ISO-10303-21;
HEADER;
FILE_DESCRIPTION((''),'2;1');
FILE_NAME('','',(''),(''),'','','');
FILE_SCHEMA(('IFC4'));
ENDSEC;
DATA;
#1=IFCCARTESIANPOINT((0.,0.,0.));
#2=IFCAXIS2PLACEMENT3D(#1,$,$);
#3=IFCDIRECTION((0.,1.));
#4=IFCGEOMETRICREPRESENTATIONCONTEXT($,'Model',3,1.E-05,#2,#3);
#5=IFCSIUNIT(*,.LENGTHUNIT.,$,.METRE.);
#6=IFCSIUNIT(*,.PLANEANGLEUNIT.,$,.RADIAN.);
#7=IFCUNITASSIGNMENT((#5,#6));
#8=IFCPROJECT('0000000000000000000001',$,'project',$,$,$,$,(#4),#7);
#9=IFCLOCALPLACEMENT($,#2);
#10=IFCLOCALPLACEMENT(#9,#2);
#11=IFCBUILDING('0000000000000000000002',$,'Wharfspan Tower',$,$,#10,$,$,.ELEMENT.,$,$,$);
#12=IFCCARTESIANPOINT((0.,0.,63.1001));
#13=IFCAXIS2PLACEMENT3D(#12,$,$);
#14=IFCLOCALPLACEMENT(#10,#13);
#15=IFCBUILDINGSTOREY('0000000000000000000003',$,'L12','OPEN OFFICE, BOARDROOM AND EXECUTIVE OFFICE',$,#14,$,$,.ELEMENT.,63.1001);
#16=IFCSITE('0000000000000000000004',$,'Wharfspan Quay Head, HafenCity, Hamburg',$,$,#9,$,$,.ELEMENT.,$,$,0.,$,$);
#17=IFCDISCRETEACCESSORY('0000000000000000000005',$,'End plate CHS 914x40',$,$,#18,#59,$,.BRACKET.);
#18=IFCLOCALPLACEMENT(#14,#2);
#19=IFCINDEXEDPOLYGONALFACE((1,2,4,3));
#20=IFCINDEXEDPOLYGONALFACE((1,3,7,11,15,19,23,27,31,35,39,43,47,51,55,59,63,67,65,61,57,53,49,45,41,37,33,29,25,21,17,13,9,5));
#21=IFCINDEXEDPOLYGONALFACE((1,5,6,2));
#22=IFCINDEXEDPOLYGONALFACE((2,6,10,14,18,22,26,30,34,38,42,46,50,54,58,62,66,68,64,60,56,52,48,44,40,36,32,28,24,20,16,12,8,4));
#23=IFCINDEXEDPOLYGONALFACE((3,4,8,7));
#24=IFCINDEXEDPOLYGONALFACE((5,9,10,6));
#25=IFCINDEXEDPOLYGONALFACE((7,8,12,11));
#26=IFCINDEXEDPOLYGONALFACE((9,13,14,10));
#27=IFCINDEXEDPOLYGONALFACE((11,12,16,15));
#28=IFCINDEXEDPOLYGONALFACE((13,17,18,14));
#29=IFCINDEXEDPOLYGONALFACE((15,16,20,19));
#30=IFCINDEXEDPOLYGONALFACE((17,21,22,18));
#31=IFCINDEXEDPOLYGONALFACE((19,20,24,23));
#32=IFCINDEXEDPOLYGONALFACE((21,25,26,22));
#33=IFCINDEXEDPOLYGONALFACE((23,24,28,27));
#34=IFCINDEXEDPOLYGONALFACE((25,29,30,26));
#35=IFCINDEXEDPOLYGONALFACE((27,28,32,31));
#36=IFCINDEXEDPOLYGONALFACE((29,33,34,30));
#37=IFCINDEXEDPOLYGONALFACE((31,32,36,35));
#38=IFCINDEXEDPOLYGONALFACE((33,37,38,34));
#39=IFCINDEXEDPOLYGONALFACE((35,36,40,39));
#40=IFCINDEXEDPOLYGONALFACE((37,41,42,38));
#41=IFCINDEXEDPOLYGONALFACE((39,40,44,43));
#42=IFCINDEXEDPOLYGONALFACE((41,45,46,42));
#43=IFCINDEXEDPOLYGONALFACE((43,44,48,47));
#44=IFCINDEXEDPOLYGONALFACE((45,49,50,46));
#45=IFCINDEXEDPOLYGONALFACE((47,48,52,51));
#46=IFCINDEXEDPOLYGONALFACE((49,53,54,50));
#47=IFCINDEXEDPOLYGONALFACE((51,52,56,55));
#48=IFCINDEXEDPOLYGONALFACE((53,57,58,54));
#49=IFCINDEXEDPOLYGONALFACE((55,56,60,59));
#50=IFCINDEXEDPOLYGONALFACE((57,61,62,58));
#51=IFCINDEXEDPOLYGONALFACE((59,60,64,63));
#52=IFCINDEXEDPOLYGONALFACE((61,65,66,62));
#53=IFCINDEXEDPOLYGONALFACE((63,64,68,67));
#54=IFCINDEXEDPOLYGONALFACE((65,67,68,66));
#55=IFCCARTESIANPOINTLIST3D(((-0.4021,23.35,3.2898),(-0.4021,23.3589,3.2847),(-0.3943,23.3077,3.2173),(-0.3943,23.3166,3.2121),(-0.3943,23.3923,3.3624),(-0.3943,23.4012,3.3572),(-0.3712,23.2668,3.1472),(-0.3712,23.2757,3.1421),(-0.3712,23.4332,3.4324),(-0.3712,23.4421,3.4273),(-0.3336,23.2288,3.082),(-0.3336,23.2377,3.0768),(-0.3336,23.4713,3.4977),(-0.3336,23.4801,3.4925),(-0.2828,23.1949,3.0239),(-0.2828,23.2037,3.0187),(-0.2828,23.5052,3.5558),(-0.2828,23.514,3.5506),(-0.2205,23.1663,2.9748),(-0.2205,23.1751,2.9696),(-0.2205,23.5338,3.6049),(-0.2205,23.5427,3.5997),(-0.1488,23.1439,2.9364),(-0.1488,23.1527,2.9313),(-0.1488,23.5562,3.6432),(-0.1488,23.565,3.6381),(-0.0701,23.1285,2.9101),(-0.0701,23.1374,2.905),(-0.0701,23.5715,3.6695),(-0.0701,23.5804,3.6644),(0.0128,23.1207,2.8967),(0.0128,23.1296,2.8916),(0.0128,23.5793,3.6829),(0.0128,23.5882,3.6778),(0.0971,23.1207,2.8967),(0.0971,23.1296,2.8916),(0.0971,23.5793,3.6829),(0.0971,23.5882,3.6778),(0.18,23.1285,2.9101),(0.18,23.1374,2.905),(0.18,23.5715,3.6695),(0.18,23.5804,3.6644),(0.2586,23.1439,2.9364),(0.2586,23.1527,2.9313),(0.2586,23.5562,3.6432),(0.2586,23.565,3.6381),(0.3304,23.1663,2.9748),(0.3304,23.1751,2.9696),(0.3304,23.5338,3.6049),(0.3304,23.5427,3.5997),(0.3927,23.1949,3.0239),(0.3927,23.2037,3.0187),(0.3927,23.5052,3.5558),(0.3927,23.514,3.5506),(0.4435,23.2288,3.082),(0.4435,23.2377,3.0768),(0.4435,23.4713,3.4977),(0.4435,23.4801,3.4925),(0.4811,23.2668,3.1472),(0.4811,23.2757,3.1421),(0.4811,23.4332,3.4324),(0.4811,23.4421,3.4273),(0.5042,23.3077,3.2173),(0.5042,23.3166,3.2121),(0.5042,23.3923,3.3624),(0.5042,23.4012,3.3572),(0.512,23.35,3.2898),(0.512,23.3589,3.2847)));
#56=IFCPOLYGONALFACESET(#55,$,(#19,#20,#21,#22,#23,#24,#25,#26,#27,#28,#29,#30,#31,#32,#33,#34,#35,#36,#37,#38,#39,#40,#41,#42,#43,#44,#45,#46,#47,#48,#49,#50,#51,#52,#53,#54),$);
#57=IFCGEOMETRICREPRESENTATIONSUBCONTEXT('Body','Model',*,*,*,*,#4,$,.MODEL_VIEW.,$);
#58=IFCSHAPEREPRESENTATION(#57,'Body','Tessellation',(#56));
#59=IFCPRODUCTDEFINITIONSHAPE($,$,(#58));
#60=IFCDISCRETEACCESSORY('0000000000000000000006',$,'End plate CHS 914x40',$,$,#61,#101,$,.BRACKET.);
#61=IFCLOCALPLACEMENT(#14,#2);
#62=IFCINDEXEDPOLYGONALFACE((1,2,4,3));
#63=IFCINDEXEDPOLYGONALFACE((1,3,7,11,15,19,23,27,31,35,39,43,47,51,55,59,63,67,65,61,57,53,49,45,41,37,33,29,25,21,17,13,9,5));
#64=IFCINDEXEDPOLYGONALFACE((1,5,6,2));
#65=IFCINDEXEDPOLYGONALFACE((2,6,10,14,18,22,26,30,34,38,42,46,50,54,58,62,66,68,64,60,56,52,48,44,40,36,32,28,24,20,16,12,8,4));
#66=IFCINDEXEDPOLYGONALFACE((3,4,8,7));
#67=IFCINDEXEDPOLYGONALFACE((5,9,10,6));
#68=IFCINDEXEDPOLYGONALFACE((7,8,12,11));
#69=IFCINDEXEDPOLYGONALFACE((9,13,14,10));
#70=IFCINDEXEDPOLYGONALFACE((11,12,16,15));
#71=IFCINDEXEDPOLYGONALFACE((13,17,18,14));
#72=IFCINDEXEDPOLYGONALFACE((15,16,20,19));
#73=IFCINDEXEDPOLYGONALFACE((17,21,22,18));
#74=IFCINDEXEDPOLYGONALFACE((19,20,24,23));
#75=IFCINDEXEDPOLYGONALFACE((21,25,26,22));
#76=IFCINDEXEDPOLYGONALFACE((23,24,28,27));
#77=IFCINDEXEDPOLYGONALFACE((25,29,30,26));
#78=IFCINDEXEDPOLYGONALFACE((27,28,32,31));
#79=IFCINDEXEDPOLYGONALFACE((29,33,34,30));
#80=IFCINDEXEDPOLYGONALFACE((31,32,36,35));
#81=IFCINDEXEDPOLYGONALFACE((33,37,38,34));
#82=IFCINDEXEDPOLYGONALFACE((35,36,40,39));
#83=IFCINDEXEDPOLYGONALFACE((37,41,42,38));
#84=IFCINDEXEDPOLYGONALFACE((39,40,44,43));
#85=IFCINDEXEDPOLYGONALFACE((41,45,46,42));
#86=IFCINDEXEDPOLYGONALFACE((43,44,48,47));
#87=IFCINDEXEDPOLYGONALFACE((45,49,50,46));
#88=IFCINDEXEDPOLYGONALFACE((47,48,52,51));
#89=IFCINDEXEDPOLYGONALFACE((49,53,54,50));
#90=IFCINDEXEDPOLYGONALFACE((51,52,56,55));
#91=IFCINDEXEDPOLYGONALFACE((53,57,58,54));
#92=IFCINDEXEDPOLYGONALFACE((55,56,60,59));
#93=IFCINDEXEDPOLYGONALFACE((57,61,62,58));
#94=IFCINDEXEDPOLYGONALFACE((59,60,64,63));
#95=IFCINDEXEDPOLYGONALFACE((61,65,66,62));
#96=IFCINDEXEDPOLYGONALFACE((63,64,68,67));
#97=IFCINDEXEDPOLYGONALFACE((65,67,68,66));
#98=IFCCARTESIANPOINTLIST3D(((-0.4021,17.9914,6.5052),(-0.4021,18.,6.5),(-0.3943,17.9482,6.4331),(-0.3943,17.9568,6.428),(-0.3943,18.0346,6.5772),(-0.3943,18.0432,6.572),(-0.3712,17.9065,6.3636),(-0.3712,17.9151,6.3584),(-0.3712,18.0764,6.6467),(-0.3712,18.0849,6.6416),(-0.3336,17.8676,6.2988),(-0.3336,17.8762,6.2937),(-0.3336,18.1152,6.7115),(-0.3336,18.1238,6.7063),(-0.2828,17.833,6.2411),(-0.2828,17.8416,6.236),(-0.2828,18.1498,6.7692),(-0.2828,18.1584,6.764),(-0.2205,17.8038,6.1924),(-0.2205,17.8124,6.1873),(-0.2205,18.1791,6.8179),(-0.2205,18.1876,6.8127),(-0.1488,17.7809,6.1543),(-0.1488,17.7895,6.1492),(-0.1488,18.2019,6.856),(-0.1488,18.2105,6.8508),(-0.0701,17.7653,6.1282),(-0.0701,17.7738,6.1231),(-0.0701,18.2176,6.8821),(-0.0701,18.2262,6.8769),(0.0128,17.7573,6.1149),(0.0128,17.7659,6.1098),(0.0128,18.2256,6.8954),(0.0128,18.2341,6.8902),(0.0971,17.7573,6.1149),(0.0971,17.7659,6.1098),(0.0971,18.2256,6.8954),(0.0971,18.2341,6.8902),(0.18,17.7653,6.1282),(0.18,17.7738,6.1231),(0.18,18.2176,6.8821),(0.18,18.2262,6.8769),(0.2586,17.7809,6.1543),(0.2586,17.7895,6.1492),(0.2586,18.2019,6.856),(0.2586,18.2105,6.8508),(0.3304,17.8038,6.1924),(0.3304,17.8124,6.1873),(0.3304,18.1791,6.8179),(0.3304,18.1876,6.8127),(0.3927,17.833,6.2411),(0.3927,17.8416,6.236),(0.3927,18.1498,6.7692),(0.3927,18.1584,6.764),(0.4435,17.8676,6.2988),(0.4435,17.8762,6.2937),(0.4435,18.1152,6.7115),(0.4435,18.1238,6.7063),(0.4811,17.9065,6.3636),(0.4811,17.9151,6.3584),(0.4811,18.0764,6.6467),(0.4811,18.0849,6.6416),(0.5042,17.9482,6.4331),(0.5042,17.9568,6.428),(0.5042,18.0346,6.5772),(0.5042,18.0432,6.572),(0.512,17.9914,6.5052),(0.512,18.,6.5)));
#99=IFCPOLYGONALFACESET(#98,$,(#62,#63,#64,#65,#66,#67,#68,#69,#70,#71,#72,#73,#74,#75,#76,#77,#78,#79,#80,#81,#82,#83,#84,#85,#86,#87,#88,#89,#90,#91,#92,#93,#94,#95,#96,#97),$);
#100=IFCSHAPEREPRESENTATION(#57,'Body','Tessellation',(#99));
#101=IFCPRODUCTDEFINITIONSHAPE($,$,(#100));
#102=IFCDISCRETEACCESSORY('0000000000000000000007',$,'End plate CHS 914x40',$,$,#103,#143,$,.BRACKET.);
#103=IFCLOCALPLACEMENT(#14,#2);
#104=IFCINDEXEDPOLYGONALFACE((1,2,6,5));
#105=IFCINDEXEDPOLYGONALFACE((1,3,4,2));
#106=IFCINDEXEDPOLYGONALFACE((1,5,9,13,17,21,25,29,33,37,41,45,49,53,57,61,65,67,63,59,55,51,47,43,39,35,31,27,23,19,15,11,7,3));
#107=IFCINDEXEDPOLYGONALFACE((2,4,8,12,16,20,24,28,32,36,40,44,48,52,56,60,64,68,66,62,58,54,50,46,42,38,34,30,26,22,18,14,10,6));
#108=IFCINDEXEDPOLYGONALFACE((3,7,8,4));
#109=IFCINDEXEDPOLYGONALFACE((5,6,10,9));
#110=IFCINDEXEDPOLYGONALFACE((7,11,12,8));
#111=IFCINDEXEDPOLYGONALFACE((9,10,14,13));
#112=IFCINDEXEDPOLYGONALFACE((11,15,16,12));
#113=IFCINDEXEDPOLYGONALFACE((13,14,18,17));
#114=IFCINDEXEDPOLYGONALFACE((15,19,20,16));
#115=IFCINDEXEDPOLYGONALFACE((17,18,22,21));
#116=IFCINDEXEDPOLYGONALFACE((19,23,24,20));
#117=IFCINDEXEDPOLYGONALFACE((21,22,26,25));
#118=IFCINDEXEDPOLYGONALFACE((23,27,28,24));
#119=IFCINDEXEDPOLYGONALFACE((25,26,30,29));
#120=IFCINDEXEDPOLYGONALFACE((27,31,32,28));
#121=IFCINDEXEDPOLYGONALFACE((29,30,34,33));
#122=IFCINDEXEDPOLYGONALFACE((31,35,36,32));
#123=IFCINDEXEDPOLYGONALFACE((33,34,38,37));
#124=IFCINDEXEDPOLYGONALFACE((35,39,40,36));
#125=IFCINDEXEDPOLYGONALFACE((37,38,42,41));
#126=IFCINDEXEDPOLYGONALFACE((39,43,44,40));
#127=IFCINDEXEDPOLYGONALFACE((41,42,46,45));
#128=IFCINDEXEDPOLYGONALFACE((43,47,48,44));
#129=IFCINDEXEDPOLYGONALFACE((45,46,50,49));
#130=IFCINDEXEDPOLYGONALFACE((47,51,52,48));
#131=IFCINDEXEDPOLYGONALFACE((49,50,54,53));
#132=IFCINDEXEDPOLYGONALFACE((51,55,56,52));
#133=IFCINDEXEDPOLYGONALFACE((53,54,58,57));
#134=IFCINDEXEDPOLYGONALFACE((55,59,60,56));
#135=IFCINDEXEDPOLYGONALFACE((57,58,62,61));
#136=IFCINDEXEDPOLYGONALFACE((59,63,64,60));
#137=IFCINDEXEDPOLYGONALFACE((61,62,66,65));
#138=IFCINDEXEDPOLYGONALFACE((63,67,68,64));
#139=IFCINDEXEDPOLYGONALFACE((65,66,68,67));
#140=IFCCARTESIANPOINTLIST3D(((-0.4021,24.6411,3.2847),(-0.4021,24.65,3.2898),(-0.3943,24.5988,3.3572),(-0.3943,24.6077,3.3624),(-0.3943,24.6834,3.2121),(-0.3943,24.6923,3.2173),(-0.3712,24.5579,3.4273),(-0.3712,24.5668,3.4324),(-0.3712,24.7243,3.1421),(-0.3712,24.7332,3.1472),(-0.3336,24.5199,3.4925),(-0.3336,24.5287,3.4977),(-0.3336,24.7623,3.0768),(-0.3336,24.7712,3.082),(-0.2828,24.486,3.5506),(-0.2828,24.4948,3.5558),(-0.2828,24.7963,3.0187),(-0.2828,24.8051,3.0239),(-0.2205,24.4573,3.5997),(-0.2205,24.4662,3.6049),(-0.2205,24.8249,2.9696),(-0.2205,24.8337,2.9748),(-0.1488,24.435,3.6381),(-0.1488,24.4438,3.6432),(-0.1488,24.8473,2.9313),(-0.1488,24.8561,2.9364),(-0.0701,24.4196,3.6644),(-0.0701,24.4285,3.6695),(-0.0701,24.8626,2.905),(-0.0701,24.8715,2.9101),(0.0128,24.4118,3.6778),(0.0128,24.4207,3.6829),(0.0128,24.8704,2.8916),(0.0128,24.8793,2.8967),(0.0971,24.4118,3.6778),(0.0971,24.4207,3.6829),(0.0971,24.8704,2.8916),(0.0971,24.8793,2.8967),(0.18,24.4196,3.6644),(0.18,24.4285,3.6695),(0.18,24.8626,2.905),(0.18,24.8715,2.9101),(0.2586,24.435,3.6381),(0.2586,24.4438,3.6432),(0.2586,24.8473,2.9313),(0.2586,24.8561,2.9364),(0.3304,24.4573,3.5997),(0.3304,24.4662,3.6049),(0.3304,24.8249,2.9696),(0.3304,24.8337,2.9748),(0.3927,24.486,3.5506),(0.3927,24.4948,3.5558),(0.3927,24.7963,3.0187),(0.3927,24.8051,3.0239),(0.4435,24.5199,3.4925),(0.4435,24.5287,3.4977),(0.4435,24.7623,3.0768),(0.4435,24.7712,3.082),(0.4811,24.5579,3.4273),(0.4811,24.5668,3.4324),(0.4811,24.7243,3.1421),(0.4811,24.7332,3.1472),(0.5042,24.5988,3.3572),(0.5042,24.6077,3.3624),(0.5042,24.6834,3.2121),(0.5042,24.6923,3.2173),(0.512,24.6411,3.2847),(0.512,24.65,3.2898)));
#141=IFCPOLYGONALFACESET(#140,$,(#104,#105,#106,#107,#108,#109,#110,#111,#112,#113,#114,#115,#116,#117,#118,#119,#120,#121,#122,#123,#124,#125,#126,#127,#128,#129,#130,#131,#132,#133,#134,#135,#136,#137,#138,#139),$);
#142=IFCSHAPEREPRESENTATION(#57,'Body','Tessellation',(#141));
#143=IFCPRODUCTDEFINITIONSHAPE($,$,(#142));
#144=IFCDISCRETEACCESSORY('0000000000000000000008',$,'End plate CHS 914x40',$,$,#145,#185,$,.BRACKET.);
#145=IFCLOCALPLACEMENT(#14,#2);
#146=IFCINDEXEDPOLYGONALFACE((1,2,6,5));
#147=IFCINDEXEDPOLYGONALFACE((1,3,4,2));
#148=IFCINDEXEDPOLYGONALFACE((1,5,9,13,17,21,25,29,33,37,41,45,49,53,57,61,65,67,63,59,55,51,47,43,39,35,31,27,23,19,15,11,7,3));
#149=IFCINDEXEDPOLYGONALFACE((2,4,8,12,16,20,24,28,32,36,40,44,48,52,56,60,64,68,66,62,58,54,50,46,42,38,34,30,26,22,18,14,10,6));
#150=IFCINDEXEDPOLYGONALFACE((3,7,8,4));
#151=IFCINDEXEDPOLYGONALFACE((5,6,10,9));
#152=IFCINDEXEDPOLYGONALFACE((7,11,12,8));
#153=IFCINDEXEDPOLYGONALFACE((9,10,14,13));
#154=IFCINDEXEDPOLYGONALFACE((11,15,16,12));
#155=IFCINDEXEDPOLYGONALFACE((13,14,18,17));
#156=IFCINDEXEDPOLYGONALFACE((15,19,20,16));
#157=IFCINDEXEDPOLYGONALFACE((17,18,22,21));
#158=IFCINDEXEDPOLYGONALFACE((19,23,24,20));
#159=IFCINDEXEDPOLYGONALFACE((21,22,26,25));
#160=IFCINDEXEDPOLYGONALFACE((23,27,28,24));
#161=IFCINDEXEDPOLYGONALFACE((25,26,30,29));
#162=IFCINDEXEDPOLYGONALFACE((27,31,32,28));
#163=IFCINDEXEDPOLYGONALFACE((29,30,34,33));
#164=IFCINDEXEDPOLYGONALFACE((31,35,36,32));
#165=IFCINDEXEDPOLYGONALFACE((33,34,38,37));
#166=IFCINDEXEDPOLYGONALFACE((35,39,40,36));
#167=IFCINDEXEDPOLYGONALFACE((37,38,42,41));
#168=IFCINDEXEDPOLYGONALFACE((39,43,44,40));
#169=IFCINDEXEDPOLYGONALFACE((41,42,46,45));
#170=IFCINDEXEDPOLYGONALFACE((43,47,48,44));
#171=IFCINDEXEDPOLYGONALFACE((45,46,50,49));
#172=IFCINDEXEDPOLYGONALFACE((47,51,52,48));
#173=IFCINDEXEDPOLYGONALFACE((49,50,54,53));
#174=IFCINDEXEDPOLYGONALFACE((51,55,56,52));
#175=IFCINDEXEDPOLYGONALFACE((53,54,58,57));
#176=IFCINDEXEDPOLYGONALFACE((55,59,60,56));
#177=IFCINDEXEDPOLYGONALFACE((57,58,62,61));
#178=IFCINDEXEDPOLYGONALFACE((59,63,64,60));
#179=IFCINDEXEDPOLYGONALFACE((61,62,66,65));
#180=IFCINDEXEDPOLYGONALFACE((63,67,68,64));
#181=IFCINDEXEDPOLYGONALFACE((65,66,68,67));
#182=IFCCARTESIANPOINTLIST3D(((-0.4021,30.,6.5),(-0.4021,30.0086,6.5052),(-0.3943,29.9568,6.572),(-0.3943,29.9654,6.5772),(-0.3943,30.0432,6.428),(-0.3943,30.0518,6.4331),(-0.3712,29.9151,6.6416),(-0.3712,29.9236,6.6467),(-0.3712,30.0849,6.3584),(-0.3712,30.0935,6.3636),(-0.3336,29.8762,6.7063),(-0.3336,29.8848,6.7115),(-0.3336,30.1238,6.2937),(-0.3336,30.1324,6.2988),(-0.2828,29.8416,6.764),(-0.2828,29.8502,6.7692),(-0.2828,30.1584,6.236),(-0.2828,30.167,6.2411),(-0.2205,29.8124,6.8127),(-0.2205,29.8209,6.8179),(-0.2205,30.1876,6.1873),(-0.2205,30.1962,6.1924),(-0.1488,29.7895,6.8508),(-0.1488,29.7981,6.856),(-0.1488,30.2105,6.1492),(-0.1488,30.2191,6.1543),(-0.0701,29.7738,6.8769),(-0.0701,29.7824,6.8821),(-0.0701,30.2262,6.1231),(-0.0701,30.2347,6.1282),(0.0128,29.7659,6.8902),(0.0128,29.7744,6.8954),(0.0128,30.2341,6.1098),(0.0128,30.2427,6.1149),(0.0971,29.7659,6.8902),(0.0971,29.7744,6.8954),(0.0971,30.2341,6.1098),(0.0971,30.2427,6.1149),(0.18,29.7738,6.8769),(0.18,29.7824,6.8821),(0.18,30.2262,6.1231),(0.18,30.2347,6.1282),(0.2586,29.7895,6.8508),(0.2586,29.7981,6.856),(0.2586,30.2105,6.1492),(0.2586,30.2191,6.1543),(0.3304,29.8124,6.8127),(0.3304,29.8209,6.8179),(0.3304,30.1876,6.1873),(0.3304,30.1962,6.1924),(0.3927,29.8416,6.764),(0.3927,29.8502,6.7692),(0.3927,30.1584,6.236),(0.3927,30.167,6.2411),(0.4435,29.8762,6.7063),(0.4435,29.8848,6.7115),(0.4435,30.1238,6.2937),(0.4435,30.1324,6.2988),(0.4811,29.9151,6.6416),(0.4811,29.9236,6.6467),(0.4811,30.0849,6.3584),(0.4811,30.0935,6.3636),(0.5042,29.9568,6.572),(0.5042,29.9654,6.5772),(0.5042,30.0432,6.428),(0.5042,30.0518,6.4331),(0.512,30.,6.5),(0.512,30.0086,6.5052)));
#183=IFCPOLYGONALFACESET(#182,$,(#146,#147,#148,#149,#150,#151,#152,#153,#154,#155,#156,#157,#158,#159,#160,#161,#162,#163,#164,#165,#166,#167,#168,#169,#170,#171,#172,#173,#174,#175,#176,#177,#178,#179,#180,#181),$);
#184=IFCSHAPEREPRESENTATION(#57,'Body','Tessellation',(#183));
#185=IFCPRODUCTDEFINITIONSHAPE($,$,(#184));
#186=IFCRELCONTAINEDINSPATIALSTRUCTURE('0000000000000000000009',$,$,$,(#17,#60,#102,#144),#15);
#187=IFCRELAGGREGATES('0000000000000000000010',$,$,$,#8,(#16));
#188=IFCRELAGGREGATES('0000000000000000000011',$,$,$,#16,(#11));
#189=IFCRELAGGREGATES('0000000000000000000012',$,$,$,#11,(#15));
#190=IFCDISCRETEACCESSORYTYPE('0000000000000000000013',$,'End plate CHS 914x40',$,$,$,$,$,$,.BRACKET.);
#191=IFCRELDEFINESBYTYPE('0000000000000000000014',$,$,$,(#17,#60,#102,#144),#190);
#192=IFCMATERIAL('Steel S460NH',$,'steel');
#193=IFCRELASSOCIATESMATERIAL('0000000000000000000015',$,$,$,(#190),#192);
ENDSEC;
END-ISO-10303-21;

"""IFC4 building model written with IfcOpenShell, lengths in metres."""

from ifc_helpers import new_model, si_unit, direction, frame, origin, origin_2d, place, context, subcontext, project, spatial, circle, extrude, material, material_profile, profile_set, type_object, element, save


model = new_model("IFC4")

# Units and contexts
model_context = context("Model", 3, precision=1e-05, world=origin(), true_north=direction((0.0, 1.0)))
body_context = subcontext(model_context, "Body", "Model", "MODEL_VIEW")
ifc_project = project(units=[si_unit("LENGTHUNIT", "METRE"), si_unit("PLANEANGLEUNIT", "RADIAN")], contexts=[model_context])

# Site, building, storey
site_placement = place(None, origin())
site = spatial("IfcSite", under=ifc_project, at=site_placement, Name="Wharfspan Quay Head, HafenCity, Hamburg", CompositionType="ELEMENT", RefElevation=0.0)
building_placement = place(site_placement, origin())
building = spatial("IfcBuilding", under=site, at=building_placement, Name="Wharfspan Tower", CompositionType="ELEMENT")
storey_placement = place(building_placement, frame((0.0, 0.0, 63.1001)))
storey = spatial("IfcBuildingStorey", under=building, at=storey_placement, Name="L12", Description="OPEN OFFICE, BOARDROOM AND EXECUTIVE OFFICE", CompositionType="ELEMENT", Elevation=63.1001)

# Shared definitions
ifc_material_1 = material(Name="Steel S460NH", Category="steel")

# Discrete accessories
ifc_material_profile_1 = material_profile(ifc_material_1, circle(Radius=0.457, at=origin_2d()))
ifc_profile_set_1 = profile_set([ifc_material_profile_1], Name="Steel S460NH")
discrete_accessory_type = type_object("IfcDiscreteAccessoryType", Name="End plate CHS 914x40", PredefinedType="BRACKET", material=ifc_profile_set_1)
discrete_accessory_1_placement = place(storey_placement, frame((0.0549, 23.3589, 3.2847), z_axis=(0.0, -0.863779, 0.503871), x_axis=(1.0, 0.0, 0.0)))
element("IfcDiscreteAccessory", 1, at=discrete_accessory_1_placement, inside=storey, type_object=discrete_accessory_type, Name="End plate CHS 914x40", PredefinedType="BRACKET", context=body_context, shape_type="SweptSolid", body=[
    extrude(circle(Radius=0.457, at=origin_2d()), origin(), (0.0, 0.0, 1.0), 0.0103),
])
discrete_accessory_2_placement = place(storey_placement, frame((0.0549, 18.0, 6.5), z_axis=(0.0, -0.857493, 0.514496), x_axis=(1.0, 0.0, 0.0)))
element("IfcDiscreteAccessory", 2, at=discrete_accessory_2_placement, inside=storey, type_object=discrete_accessory_type, Name="End plate CHS 914x40", PredefinedType="BRACKET", context=body_context, shape_type="SweptSolid", body=[
    extrude(circle(Radius=0.457, at=origin_2d()), origin(), (0.0, 0.0, 1.0), 0.01),
])
discrete_accessory_3_placement = place(storey_placement, frame((0.0549, 24.6411, 3.2847), z_axis=(0.0, 0.863779, 0.503871), x_axis=(-1.0, 0.0, 0.0)))
element("IfcDiscreteAccessory", 3, at=discrete_accessory_3_placement, inside=storey, type_object=discrete_accessory_type, Name="End plate CHS 914x40", PredefinedType="BRACKET", context=body_context, shape_type="SweptSolid", body=[
    extrude(circle(Radius=0.457, at=origin_2d()), origin(), (0.0, 0.0, 1.0), 0.0103),
])
discrete_accessory_4_placement = place(storey_placement, frame((0.0549, 30.0, 6.5), z_axis=(0.0, 0.857493, 0.514496), x_axis=(-1.0, 0.0, 0.0)))
element("IfcDiscreteAccessory", 4, at=discrete_accessory_4_placement, inside=storey, type_object=discrete_accessory_type, Name="End plate CHS 914x40", PredefinedType="BRACKET", context=body_context, shape_type="SweptSolid", body=[
    extrude(circle(Radius=0.457, at=origin_2d()), origin(), (0.0, 0.0, 1.0), 0.01),
])

save(model, "model.ifc")
